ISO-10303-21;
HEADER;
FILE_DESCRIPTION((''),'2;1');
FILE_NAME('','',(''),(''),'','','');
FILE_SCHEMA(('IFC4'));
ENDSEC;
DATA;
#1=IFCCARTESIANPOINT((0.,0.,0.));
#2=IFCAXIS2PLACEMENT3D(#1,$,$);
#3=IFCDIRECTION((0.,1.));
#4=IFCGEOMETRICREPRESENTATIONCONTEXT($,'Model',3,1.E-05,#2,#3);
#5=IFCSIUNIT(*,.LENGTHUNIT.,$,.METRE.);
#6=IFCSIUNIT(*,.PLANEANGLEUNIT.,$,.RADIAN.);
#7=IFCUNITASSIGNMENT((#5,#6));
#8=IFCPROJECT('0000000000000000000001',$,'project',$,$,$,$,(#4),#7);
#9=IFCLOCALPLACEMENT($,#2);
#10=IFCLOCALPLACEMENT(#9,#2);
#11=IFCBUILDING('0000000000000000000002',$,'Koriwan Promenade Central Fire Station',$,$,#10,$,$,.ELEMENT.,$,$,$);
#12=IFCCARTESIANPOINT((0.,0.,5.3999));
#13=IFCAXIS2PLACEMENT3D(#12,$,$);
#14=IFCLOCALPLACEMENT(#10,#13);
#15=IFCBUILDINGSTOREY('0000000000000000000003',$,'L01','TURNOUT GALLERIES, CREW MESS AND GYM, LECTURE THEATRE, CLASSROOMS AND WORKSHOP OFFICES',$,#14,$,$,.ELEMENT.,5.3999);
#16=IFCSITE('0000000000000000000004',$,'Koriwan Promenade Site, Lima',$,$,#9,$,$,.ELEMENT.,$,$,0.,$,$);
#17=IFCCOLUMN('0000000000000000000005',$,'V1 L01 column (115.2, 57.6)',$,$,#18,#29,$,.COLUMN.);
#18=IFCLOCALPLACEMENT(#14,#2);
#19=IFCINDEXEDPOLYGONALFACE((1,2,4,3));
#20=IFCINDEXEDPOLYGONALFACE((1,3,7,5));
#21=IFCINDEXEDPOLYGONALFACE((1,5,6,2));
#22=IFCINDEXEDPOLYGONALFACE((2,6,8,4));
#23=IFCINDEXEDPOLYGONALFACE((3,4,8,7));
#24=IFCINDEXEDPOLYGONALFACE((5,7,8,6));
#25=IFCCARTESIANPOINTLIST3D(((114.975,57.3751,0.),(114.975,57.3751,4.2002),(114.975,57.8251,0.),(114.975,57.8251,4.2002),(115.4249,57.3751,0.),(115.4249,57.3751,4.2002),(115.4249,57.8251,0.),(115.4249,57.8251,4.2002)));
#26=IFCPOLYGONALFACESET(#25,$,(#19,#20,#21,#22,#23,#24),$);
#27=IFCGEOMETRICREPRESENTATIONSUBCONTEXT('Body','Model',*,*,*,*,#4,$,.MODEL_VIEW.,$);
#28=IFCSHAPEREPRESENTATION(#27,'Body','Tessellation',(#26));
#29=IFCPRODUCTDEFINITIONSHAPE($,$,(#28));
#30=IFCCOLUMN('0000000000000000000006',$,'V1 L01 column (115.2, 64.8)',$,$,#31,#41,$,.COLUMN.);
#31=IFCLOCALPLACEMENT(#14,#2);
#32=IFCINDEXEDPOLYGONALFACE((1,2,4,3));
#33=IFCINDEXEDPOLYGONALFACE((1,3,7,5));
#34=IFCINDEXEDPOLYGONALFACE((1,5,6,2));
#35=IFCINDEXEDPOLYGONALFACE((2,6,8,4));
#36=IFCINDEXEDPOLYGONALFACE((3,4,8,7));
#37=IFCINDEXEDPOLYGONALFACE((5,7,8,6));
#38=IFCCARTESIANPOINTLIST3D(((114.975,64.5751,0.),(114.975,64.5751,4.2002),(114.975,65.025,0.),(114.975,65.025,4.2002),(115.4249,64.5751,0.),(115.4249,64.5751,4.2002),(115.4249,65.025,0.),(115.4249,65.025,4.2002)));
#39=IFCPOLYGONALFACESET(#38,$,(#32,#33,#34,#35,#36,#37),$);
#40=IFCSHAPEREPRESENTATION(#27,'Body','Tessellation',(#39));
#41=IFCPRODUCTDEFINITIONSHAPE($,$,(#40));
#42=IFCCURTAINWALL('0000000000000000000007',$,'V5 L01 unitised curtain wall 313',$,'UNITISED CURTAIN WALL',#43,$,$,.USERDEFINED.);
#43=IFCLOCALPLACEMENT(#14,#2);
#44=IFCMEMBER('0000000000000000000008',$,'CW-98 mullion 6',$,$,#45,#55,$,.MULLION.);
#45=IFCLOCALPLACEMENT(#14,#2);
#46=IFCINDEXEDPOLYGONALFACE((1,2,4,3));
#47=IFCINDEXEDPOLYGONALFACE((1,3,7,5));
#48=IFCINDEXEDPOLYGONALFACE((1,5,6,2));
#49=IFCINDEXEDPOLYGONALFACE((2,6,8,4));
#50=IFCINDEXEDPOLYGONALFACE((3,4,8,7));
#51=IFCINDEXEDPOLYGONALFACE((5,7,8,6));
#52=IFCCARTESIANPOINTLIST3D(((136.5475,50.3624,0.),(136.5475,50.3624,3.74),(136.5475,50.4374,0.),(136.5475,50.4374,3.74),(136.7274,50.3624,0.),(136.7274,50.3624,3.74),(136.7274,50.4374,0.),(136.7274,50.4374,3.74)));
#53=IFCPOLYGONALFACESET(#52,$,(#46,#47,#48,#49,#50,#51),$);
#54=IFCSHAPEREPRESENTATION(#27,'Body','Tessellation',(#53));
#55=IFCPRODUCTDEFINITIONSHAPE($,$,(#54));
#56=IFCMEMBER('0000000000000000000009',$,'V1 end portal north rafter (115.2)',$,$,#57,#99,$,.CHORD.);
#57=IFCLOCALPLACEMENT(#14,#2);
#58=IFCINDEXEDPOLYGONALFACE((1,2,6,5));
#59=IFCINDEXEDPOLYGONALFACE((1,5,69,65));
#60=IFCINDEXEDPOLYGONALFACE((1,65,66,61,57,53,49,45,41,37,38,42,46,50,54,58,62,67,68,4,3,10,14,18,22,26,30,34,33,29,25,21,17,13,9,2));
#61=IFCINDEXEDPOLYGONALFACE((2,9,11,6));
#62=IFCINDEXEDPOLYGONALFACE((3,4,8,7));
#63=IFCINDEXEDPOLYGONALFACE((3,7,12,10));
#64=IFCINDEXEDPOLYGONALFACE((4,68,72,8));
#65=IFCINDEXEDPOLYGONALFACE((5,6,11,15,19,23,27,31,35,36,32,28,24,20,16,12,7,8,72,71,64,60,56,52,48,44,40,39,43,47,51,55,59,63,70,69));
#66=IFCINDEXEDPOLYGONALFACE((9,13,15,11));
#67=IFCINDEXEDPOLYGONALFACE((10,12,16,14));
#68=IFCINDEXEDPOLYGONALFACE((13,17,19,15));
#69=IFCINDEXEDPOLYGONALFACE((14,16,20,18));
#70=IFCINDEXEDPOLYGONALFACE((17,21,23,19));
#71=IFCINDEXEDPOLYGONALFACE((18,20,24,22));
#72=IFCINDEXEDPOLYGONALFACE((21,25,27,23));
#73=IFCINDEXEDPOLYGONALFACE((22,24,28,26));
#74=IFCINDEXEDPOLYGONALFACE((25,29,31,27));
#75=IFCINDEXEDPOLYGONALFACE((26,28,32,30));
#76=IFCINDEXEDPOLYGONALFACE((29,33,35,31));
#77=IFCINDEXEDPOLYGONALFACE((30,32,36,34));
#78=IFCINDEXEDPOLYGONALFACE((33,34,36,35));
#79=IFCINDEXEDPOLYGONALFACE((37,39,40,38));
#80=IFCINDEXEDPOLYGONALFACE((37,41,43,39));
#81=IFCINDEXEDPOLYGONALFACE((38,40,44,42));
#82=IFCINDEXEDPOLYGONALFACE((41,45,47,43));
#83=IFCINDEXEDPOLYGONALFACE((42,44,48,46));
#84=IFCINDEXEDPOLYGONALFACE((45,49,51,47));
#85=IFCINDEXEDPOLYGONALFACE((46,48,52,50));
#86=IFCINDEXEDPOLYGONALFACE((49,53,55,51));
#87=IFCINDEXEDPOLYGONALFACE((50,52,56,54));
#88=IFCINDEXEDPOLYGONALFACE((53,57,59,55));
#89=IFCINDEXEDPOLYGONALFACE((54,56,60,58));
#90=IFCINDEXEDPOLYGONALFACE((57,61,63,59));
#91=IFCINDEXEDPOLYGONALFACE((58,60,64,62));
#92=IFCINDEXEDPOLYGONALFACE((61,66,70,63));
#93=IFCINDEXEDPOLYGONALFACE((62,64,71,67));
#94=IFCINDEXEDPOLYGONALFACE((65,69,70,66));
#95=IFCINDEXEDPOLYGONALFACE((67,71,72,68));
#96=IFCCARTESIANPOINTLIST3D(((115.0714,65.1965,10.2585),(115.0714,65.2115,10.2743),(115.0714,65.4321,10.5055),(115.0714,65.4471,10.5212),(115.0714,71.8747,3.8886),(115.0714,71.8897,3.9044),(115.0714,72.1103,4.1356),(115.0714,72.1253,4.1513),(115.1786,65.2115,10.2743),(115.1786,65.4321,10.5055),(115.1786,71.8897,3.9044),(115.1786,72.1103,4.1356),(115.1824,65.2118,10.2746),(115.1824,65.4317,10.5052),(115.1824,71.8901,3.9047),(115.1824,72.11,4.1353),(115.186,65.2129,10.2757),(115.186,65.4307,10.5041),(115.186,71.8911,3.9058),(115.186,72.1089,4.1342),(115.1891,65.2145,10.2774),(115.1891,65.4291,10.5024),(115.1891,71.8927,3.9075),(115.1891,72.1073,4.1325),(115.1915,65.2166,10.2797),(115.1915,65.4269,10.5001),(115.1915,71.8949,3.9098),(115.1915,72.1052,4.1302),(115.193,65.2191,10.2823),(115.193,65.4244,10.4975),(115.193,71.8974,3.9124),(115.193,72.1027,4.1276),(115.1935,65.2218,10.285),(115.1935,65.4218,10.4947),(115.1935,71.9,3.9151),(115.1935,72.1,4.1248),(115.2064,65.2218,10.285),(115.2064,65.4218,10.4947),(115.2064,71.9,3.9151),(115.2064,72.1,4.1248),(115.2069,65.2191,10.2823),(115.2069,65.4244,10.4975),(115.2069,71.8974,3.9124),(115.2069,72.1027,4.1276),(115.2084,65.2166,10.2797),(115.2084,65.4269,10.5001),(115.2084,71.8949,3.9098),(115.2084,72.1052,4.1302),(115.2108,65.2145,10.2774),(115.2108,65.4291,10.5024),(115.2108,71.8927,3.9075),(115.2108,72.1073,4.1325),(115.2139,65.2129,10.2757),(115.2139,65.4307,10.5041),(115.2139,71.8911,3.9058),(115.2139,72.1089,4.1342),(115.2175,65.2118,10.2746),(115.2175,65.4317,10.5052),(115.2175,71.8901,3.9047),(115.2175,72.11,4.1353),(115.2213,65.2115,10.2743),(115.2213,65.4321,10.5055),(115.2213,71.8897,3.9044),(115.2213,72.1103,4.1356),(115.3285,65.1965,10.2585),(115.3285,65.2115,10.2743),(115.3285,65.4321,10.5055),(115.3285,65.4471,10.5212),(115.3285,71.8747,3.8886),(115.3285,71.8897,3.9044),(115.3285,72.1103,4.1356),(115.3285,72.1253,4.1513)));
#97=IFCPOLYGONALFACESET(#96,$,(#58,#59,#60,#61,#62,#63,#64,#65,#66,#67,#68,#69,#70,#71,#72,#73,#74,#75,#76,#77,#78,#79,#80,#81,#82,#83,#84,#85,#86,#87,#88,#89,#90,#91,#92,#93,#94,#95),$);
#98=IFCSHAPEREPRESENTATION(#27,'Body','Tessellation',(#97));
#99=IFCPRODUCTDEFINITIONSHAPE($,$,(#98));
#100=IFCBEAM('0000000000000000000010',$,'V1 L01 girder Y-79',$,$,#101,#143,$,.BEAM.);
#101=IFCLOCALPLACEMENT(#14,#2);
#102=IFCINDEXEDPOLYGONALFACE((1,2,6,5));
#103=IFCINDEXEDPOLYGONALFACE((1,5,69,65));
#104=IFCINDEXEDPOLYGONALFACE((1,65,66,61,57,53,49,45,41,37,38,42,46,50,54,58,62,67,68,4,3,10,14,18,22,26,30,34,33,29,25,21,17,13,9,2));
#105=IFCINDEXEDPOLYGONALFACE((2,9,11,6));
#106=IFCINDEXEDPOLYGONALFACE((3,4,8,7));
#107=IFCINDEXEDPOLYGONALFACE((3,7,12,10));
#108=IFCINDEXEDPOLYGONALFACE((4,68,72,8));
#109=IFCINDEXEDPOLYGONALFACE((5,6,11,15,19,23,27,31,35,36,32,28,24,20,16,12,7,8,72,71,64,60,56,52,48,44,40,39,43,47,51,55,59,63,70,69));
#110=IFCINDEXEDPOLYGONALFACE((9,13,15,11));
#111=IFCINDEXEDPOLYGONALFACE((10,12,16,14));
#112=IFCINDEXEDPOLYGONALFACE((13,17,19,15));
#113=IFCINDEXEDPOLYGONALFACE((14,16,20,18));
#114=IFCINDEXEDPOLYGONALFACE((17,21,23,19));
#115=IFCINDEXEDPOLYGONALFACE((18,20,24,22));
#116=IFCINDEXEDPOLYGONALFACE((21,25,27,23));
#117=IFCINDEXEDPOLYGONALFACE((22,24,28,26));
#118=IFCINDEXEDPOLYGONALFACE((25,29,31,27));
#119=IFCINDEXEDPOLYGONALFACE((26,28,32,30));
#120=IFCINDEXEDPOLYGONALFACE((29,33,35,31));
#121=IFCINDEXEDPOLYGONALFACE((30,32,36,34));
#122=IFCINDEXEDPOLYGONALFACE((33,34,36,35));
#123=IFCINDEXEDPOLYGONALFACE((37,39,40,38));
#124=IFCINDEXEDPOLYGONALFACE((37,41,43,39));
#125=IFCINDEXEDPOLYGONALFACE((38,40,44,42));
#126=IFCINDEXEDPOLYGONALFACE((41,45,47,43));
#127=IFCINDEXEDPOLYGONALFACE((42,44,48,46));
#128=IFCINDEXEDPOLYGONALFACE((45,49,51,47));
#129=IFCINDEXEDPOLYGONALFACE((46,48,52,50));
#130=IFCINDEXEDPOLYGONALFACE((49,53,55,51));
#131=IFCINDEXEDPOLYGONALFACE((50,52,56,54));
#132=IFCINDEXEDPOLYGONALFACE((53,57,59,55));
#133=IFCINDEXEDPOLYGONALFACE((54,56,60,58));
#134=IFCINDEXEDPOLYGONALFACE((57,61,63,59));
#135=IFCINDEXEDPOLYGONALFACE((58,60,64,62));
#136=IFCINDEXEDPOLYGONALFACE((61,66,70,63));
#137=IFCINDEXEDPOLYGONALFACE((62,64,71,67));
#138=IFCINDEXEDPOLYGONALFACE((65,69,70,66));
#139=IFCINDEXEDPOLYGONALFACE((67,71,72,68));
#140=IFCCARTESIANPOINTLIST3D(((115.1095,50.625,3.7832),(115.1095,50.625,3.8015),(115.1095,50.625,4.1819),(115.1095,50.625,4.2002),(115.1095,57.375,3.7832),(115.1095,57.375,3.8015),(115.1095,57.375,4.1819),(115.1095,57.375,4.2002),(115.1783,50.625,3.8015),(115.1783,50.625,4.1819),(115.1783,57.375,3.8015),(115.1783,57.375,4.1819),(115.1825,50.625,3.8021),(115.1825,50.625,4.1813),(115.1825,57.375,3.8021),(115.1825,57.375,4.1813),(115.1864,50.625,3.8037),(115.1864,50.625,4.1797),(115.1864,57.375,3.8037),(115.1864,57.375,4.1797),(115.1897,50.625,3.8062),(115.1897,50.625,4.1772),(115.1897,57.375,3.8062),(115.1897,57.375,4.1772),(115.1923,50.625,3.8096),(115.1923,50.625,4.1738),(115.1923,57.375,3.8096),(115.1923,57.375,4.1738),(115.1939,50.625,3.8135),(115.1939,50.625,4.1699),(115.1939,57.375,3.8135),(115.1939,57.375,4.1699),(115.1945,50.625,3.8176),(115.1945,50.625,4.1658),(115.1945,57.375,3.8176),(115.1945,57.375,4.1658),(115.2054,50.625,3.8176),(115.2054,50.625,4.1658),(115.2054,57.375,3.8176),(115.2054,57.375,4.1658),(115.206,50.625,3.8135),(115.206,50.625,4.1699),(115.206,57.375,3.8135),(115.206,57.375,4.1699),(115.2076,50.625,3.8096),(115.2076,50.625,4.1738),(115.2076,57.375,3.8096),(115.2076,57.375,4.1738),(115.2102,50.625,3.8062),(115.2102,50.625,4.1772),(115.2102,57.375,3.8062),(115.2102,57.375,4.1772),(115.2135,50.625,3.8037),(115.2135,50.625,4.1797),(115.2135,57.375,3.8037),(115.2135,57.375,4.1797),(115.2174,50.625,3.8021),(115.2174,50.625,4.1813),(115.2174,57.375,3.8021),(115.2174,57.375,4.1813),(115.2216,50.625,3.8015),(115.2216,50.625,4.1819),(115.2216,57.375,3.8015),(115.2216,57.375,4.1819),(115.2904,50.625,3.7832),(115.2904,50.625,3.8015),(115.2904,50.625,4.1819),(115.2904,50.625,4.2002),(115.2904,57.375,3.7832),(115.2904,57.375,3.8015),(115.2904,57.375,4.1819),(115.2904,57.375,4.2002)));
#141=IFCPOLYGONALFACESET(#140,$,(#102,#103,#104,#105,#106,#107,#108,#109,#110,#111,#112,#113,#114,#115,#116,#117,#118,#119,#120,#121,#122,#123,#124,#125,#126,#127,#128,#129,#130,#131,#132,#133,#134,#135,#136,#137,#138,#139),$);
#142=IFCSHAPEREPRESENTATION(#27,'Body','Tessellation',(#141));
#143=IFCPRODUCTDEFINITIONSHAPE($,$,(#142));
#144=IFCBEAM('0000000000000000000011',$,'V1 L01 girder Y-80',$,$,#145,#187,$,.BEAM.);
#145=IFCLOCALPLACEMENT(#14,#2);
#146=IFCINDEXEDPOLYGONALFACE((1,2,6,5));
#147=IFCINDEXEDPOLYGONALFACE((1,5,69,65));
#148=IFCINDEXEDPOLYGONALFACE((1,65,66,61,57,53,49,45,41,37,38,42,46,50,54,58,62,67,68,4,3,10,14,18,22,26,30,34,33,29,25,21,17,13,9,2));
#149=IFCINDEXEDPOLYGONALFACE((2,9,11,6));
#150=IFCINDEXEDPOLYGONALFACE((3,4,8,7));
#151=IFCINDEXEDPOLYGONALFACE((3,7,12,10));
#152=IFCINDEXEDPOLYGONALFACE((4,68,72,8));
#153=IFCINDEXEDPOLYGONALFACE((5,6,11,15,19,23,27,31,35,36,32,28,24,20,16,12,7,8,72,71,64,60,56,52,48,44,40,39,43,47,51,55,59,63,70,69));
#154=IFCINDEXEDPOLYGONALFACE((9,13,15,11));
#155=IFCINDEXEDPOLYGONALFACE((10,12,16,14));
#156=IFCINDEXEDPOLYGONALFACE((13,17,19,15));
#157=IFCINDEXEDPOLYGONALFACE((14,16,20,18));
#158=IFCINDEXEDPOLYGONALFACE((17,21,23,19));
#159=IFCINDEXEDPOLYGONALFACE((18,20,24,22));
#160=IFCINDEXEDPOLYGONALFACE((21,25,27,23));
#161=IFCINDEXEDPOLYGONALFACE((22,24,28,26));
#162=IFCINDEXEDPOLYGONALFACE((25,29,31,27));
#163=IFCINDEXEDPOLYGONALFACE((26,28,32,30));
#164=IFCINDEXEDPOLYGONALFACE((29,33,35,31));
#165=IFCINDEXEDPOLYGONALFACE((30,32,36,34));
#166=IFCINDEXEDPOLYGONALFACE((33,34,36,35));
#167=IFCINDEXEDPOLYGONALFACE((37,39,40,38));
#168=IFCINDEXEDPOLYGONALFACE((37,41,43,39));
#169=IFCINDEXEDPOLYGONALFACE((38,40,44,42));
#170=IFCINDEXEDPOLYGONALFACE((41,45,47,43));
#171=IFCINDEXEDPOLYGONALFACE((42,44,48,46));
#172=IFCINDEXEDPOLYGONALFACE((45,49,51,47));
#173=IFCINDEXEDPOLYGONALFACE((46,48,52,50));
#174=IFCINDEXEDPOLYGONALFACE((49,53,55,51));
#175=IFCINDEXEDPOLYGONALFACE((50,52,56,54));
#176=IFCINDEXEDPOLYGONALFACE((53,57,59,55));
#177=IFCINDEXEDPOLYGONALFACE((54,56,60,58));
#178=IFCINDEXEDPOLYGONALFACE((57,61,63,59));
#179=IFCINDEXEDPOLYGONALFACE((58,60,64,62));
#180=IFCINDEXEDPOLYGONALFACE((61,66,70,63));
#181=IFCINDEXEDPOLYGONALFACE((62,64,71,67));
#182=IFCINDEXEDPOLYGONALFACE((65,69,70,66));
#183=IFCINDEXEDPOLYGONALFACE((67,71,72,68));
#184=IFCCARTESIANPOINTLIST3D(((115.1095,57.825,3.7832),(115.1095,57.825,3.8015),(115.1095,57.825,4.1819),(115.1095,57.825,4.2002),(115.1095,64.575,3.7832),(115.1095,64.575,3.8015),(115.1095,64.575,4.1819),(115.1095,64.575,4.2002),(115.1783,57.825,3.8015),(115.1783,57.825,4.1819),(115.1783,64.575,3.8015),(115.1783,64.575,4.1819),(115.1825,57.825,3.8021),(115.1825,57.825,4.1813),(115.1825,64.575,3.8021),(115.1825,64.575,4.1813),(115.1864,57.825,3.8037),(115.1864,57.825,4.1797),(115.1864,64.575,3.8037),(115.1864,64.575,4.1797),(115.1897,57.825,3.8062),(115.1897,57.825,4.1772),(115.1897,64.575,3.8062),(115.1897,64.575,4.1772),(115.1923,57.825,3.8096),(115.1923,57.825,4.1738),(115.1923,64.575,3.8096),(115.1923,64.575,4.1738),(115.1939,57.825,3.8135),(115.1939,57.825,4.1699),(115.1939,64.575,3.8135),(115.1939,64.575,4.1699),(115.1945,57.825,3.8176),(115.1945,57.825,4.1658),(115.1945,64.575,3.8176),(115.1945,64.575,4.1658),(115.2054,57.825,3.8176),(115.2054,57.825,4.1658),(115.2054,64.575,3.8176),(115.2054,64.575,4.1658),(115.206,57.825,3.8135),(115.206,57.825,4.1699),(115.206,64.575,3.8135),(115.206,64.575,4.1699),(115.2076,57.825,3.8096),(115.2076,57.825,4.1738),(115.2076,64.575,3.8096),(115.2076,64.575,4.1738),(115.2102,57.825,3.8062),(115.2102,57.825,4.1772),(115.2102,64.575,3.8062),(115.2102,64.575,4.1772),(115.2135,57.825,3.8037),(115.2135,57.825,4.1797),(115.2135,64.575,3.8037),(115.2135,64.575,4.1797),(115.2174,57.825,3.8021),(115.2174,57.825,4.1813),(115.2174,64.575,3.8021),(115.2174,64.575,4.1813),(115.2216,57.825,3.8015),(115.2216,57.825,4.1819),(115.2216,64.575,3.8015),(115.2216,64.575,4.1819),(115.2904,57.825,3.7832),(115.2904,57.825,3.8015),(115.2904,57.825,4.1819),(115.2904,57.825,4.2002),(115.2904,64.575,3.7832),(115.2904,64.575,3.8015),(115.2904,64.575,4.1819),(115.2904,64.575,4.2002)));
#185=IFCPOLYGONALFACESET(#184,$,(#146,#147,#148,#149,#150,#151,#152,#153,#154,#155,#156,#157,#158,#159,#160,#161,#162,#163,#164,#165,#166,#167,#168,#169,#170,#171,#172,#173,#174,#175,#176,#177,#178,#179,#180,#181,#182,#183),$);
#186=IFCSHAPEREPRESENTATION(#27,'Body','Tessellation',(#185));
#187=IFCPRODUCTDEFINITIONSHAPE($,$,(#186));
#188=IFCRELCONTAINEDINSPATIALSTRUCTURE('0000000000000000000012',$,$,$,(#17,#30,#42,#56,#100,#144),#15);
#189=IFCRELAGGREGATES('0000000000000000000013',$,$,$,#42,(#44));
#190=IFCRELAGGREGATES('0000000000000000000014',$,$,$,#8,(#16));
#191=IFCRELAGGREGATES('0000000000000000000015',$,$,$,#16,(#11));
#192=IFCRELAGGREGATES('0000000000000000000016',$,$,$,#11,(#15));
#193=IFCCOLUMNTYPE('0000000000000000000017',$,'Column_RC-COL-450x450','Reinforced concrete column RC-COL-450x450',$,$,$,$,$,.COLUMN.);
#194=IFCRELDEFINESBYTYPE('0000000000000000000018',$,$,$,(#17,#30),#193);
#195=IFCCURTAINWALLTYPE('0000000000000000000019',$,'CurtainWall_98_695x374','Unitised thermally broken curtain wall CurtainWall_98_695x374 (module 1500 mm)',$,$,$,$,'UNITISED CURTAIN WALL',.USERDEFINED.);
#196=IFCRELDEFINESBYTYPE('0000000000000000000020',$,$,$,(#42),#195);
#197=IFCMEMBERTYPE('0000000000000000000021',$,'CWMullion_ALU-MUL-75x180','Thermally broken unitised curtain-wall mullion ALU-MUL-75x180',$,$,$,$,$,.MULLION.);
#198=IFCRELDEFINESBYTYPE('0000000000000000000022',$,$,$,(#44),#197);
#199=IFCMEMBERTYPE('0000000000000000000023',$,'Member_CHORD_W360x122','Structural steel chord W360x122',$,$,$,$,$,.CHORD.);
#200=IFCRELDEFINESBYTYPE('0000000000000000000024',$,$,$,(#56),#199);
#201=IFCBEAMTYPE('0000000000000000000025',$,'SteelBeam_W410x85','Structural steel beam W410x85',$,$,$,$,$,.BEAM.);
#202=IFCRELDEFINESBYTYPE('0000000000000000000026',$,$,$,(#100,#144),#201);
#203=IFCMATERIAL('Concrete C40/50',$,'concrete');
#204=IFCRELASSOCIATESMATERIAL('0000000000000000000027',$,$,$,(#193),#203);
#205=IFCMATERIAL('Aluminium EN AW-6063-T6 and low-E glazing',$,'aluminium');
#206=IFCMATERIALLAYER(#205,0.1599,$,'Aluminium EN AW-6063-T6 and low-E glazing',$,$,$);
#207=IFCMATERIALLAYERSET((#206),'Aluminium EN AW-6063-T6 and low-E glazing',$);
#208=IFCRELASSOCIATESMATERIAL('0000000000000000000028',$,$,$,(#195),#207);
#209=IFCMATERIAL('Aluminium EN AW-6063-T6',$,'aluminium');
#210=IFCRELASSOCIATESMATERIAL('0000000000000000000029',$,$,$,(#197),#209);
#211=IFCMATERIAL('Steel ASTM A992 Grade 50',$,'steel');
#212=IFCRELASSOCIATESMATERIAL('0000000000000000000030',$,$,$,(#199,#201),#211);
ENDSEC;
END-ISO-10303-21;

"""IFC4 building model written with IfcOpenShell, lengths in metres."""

from ifc_helpers import new_model, si_unit, direction, frame, origin, origin_2d, place, context, subcontext, project, spatial, rectangle, i_section, extrude, material, layer, layer_set, material_profile, profile_set, type_object, element, aggregate, save


model = new_model("IFC4")

# Units and contexts
model_context = context("Model", 3, precision=1e-05, world=origin(), true_north=direction((0.0, 1.0)))
body_context = subcontext(model_context, "Body", "Model", "MODEL_VIEW")
ifc_project = project(units=[si_unit("LENGTHUNIT", "METRE"), si_unit("PLANEANGLEUNIT", "RADIAN")], contexts=[model_context])

# Site, building, storey
site_placement = place(None, origin())
site = spatial("IfcSite", under=ifc_project, at=site_placement, Name="Koriwan Promenade Site, Lima", CompositionType="ELEMENT", RefElevation=0.0)
building_placement = place(site_placement, origin())
building = spatial("IfcBuilding", under=site, at=building_placement, Name="Koriwan Promenade Central Fire Station", CompositionType="ELEMENT")
storey_placement = place(building_placement, frame((0.0, 0.0, 5.3999)))
storey = spatial("IfcBuildingStorey", under=building, at=storey_placement, Name="L01", Description="TURNOUT GALLERIES, CREW MESS AND GYM, LECTURE THEATRE, CLASSROOMS AND WORKSHOP OFFICES", CompositionType="ELEMENT", Elevation=5.3999)

# Columns
ifc_material_1 = material(Name="Concrete C40/50", Category="concrete")
ifc_material_profile_1 = material_profile(ifc_material_1, rectangle(XDim=0.45, YDim=0.45, at=origin_2d()), Name="RC-COL-450x450")
ifc_profile_set_1 = profile_set([ifc_material_profile_1], Name="Concrete C40/50")
column_type = type_object("IfcColumnType", Name="Column_RC-COL-450x450", Description="Reinforced concrete column RC-COL-450x450", PredefinedType="COLUMN", material=ifc_profile_set_1)
for number, where, z_axis, x_axis, name in (
    (1, (115.2, 57.6001, 0.0), (0.0, 0.0, 1.0), (1.0, 0.0, 0.0), "V1 L01 column (115.2, 57.6)"),
    (2, (115.2, 64.8, 0.0), (0.0, 0.0, 1.0), (1.0, 0.0, 0.0), "V1 L01 column (115.2, 64.8)"),
):
    element("IfcColumn", number, at=place(storey_placement, frame(where, z_axis=z_axis, x_axis=x_axis)), inside=storey, type_object=column_type, Name=name, PredefinedType="COLUMN", context=body_context, shape_type="SweptSolid", body=[
        extrude(rectangle(XDim=0.45, YDim=0.45, at=origin_2d()), origin(), (0.0, 0.0, 1.0), 4.2002),
    ])

# Curtain wall, member
ifc_material_2 = material(Name="Aluminium EN AW-6063-T6 and low-E glazing", Category="aluminium")
ifc_layer_1 = layer(ifc_material_2, 0.1599, Name="Aluminium EN AW-6063-T6 and low-E glazing")
ifc_layer_set_1 = layer_set([ifc_layer_1], Name="Aluminium EN AW-6063-T6 and low-E glazing")
curtain_wall_type = type_object("IfcCurtainWallType", Name="CurtainWall_98_695x374", Description="Unitised thermally broken curtain wall CurtainWall_98_695x374 (module 1500 mm)", ElementType="UNITISED CURTAIN WALL", PredefinedType="USERDEFINED", material=ifc_layer_set_1)
curtain_wall_placement = place(storey_placement, origin())
curtain_wall = element("IfcCurtainWall", 3, at=curtain_wall_placement, inside=storey, type_object=curtain_wall_type, Name="V5 L01 unitised curtain wall 313", ObjectType="UNITISED CURTAIN WALL", PredefinedType="USERDEFINED")
ifc_material_3 = material(Name="Aluminium EN AW-6063-T6", Category="aluminium")
ifc_material_profile_2 = material_profile(ifc_material_3, rectangle(XDim=0.075, YDim=0.1799, at=origin_2d()), Name="ALU-MUL-75x180")
ifc_profile_set_2 = profile_set([ifc_material_profile_2], Name="Aluminium EN AW-6063-T6")
member_type_1 = type_object("IfcMemberType", Name="CWMullion_ALU-MUL-75x180", Description="Thermally broken unitised curtain-wall mullion ALU-MUL-75x180", PredefinedType="MULLION", material=ifc_profile_set_2)
member_1_placement = place(storey_placement, frame((136.6375, 50.3999, 0.0), z_axis=(0.0, 0.0, 1.0), x_axis=(0.0, 1.0, 0.0)))
member_1 = element("IfcMember", 4, at=member_1_placement, type_object=member_type_1, Name="CW-98 mullion 6", PredefinedType="MULLION", context=body_context, shape_type="SweptSolid", body=[
    extrude(rectangle(XDim=0.075, YDim=0.1799, at=origin_2d()), origin(), (0.0, 0.0, 1.0), 3.74),
])

# Member
ifc_material_4 = material(Name="Steel ASTM A992 Grade 50", Category="steel")
ifc_material_profile_3 = material_profile(ifc_material_4, i_section(OverallWidth=0.2571, OverallDepth=0.363, WebThickness=0.0129, FlangeThickness=0.0217, FilletRadius=0.0149, at=origin_2d()), Name="W360x122")
ifc_profile_set_3 = profile_set([ifc_material_profile_3], Name="Steel ASTM A992 Grade 50")
member_type_2 = type_object("IfcMemberType", Name="Member_CHORD_W360x122", Description="Structural steel chord W360x122", PredefinedType="CHORD", material=ifc_profile_set_3)
member_2_placement = place(storey_placement, frame((115.2, 65.3218, 10.3899), z_axis=(0.0, 0.723615, -0.690204), x_axis=(-1.0, 0.0, 0.0)))
element("IfcMember", 5, at=member_2_placement, inside=storey, type_object=member_type_2, Name="V1 end portal north rafter (115.2)", PredefinedType="CHORD", context=body_context, shape_type="SweptSolid", body=[
    extrude(i_section(OverallWidth=0.2571, OverallDepth=0.363, WebThickness=0.0129, FlangeThickness=0.0217, FilletRadius=0.0149, at=origin_2d()), origin(), (0.0, 0.0, 1.0), 9.229),
])

# Beams
ifc_material_profile_4 = material_profile(ifc_material_4, i_section(OverallWidth=0.1809, OverallDepth=0.417, WebThickness=0.011, FlangeThickness=0.0183, FilletRadius=0.0161, at=origin_2d()), Name="W410x85")
ifc_profile_set_4 = profile_set([ifc_material_profile_4], Name="Steel ASTM A992 Grade 50")
beam_type = type_object("IfcBeamType", Name="SteelBeam_W410x85", Description="Structural steel beam W410x85", PredefinedType="BEAM", material=ifc_profile_set_4)
for number, where, z_axis, x_axis, name in (
    (6, (115.2, 50.625, 3.9917), (0.0, 1.0, 0.0), (-1.0, 0.0, 0.0), "V1 L01 girder Y-79"),
    (7, (115.2, 57.825, 3.9917), (0.0, 1.0, 0.0), (-1.0, 0.0, 0.0), "V1 L01 girder Y-80"),
):
    element("IfcBeam", number, at=place(storey_placement, frame(where, z_axis=z_axis, x_axis=x_axis)), inside=storey, type_object=beam_type, Name=name, PredefinedType="BEAM", context=body_context, shape_type="SweptSolid", body=[
        extrude(i_section(OverallWidth=0.1809, OverallDepth=0.417, WebThickness=0.011, FlangeThickness=0.0183, FilletRadius=0.0161, at=origin_2d()), origin(), (0.0, 0.0, 1.0), 6.75),
    ])

aggregate(curtain_wall, [member_1])

save(model, "model.ifc")
